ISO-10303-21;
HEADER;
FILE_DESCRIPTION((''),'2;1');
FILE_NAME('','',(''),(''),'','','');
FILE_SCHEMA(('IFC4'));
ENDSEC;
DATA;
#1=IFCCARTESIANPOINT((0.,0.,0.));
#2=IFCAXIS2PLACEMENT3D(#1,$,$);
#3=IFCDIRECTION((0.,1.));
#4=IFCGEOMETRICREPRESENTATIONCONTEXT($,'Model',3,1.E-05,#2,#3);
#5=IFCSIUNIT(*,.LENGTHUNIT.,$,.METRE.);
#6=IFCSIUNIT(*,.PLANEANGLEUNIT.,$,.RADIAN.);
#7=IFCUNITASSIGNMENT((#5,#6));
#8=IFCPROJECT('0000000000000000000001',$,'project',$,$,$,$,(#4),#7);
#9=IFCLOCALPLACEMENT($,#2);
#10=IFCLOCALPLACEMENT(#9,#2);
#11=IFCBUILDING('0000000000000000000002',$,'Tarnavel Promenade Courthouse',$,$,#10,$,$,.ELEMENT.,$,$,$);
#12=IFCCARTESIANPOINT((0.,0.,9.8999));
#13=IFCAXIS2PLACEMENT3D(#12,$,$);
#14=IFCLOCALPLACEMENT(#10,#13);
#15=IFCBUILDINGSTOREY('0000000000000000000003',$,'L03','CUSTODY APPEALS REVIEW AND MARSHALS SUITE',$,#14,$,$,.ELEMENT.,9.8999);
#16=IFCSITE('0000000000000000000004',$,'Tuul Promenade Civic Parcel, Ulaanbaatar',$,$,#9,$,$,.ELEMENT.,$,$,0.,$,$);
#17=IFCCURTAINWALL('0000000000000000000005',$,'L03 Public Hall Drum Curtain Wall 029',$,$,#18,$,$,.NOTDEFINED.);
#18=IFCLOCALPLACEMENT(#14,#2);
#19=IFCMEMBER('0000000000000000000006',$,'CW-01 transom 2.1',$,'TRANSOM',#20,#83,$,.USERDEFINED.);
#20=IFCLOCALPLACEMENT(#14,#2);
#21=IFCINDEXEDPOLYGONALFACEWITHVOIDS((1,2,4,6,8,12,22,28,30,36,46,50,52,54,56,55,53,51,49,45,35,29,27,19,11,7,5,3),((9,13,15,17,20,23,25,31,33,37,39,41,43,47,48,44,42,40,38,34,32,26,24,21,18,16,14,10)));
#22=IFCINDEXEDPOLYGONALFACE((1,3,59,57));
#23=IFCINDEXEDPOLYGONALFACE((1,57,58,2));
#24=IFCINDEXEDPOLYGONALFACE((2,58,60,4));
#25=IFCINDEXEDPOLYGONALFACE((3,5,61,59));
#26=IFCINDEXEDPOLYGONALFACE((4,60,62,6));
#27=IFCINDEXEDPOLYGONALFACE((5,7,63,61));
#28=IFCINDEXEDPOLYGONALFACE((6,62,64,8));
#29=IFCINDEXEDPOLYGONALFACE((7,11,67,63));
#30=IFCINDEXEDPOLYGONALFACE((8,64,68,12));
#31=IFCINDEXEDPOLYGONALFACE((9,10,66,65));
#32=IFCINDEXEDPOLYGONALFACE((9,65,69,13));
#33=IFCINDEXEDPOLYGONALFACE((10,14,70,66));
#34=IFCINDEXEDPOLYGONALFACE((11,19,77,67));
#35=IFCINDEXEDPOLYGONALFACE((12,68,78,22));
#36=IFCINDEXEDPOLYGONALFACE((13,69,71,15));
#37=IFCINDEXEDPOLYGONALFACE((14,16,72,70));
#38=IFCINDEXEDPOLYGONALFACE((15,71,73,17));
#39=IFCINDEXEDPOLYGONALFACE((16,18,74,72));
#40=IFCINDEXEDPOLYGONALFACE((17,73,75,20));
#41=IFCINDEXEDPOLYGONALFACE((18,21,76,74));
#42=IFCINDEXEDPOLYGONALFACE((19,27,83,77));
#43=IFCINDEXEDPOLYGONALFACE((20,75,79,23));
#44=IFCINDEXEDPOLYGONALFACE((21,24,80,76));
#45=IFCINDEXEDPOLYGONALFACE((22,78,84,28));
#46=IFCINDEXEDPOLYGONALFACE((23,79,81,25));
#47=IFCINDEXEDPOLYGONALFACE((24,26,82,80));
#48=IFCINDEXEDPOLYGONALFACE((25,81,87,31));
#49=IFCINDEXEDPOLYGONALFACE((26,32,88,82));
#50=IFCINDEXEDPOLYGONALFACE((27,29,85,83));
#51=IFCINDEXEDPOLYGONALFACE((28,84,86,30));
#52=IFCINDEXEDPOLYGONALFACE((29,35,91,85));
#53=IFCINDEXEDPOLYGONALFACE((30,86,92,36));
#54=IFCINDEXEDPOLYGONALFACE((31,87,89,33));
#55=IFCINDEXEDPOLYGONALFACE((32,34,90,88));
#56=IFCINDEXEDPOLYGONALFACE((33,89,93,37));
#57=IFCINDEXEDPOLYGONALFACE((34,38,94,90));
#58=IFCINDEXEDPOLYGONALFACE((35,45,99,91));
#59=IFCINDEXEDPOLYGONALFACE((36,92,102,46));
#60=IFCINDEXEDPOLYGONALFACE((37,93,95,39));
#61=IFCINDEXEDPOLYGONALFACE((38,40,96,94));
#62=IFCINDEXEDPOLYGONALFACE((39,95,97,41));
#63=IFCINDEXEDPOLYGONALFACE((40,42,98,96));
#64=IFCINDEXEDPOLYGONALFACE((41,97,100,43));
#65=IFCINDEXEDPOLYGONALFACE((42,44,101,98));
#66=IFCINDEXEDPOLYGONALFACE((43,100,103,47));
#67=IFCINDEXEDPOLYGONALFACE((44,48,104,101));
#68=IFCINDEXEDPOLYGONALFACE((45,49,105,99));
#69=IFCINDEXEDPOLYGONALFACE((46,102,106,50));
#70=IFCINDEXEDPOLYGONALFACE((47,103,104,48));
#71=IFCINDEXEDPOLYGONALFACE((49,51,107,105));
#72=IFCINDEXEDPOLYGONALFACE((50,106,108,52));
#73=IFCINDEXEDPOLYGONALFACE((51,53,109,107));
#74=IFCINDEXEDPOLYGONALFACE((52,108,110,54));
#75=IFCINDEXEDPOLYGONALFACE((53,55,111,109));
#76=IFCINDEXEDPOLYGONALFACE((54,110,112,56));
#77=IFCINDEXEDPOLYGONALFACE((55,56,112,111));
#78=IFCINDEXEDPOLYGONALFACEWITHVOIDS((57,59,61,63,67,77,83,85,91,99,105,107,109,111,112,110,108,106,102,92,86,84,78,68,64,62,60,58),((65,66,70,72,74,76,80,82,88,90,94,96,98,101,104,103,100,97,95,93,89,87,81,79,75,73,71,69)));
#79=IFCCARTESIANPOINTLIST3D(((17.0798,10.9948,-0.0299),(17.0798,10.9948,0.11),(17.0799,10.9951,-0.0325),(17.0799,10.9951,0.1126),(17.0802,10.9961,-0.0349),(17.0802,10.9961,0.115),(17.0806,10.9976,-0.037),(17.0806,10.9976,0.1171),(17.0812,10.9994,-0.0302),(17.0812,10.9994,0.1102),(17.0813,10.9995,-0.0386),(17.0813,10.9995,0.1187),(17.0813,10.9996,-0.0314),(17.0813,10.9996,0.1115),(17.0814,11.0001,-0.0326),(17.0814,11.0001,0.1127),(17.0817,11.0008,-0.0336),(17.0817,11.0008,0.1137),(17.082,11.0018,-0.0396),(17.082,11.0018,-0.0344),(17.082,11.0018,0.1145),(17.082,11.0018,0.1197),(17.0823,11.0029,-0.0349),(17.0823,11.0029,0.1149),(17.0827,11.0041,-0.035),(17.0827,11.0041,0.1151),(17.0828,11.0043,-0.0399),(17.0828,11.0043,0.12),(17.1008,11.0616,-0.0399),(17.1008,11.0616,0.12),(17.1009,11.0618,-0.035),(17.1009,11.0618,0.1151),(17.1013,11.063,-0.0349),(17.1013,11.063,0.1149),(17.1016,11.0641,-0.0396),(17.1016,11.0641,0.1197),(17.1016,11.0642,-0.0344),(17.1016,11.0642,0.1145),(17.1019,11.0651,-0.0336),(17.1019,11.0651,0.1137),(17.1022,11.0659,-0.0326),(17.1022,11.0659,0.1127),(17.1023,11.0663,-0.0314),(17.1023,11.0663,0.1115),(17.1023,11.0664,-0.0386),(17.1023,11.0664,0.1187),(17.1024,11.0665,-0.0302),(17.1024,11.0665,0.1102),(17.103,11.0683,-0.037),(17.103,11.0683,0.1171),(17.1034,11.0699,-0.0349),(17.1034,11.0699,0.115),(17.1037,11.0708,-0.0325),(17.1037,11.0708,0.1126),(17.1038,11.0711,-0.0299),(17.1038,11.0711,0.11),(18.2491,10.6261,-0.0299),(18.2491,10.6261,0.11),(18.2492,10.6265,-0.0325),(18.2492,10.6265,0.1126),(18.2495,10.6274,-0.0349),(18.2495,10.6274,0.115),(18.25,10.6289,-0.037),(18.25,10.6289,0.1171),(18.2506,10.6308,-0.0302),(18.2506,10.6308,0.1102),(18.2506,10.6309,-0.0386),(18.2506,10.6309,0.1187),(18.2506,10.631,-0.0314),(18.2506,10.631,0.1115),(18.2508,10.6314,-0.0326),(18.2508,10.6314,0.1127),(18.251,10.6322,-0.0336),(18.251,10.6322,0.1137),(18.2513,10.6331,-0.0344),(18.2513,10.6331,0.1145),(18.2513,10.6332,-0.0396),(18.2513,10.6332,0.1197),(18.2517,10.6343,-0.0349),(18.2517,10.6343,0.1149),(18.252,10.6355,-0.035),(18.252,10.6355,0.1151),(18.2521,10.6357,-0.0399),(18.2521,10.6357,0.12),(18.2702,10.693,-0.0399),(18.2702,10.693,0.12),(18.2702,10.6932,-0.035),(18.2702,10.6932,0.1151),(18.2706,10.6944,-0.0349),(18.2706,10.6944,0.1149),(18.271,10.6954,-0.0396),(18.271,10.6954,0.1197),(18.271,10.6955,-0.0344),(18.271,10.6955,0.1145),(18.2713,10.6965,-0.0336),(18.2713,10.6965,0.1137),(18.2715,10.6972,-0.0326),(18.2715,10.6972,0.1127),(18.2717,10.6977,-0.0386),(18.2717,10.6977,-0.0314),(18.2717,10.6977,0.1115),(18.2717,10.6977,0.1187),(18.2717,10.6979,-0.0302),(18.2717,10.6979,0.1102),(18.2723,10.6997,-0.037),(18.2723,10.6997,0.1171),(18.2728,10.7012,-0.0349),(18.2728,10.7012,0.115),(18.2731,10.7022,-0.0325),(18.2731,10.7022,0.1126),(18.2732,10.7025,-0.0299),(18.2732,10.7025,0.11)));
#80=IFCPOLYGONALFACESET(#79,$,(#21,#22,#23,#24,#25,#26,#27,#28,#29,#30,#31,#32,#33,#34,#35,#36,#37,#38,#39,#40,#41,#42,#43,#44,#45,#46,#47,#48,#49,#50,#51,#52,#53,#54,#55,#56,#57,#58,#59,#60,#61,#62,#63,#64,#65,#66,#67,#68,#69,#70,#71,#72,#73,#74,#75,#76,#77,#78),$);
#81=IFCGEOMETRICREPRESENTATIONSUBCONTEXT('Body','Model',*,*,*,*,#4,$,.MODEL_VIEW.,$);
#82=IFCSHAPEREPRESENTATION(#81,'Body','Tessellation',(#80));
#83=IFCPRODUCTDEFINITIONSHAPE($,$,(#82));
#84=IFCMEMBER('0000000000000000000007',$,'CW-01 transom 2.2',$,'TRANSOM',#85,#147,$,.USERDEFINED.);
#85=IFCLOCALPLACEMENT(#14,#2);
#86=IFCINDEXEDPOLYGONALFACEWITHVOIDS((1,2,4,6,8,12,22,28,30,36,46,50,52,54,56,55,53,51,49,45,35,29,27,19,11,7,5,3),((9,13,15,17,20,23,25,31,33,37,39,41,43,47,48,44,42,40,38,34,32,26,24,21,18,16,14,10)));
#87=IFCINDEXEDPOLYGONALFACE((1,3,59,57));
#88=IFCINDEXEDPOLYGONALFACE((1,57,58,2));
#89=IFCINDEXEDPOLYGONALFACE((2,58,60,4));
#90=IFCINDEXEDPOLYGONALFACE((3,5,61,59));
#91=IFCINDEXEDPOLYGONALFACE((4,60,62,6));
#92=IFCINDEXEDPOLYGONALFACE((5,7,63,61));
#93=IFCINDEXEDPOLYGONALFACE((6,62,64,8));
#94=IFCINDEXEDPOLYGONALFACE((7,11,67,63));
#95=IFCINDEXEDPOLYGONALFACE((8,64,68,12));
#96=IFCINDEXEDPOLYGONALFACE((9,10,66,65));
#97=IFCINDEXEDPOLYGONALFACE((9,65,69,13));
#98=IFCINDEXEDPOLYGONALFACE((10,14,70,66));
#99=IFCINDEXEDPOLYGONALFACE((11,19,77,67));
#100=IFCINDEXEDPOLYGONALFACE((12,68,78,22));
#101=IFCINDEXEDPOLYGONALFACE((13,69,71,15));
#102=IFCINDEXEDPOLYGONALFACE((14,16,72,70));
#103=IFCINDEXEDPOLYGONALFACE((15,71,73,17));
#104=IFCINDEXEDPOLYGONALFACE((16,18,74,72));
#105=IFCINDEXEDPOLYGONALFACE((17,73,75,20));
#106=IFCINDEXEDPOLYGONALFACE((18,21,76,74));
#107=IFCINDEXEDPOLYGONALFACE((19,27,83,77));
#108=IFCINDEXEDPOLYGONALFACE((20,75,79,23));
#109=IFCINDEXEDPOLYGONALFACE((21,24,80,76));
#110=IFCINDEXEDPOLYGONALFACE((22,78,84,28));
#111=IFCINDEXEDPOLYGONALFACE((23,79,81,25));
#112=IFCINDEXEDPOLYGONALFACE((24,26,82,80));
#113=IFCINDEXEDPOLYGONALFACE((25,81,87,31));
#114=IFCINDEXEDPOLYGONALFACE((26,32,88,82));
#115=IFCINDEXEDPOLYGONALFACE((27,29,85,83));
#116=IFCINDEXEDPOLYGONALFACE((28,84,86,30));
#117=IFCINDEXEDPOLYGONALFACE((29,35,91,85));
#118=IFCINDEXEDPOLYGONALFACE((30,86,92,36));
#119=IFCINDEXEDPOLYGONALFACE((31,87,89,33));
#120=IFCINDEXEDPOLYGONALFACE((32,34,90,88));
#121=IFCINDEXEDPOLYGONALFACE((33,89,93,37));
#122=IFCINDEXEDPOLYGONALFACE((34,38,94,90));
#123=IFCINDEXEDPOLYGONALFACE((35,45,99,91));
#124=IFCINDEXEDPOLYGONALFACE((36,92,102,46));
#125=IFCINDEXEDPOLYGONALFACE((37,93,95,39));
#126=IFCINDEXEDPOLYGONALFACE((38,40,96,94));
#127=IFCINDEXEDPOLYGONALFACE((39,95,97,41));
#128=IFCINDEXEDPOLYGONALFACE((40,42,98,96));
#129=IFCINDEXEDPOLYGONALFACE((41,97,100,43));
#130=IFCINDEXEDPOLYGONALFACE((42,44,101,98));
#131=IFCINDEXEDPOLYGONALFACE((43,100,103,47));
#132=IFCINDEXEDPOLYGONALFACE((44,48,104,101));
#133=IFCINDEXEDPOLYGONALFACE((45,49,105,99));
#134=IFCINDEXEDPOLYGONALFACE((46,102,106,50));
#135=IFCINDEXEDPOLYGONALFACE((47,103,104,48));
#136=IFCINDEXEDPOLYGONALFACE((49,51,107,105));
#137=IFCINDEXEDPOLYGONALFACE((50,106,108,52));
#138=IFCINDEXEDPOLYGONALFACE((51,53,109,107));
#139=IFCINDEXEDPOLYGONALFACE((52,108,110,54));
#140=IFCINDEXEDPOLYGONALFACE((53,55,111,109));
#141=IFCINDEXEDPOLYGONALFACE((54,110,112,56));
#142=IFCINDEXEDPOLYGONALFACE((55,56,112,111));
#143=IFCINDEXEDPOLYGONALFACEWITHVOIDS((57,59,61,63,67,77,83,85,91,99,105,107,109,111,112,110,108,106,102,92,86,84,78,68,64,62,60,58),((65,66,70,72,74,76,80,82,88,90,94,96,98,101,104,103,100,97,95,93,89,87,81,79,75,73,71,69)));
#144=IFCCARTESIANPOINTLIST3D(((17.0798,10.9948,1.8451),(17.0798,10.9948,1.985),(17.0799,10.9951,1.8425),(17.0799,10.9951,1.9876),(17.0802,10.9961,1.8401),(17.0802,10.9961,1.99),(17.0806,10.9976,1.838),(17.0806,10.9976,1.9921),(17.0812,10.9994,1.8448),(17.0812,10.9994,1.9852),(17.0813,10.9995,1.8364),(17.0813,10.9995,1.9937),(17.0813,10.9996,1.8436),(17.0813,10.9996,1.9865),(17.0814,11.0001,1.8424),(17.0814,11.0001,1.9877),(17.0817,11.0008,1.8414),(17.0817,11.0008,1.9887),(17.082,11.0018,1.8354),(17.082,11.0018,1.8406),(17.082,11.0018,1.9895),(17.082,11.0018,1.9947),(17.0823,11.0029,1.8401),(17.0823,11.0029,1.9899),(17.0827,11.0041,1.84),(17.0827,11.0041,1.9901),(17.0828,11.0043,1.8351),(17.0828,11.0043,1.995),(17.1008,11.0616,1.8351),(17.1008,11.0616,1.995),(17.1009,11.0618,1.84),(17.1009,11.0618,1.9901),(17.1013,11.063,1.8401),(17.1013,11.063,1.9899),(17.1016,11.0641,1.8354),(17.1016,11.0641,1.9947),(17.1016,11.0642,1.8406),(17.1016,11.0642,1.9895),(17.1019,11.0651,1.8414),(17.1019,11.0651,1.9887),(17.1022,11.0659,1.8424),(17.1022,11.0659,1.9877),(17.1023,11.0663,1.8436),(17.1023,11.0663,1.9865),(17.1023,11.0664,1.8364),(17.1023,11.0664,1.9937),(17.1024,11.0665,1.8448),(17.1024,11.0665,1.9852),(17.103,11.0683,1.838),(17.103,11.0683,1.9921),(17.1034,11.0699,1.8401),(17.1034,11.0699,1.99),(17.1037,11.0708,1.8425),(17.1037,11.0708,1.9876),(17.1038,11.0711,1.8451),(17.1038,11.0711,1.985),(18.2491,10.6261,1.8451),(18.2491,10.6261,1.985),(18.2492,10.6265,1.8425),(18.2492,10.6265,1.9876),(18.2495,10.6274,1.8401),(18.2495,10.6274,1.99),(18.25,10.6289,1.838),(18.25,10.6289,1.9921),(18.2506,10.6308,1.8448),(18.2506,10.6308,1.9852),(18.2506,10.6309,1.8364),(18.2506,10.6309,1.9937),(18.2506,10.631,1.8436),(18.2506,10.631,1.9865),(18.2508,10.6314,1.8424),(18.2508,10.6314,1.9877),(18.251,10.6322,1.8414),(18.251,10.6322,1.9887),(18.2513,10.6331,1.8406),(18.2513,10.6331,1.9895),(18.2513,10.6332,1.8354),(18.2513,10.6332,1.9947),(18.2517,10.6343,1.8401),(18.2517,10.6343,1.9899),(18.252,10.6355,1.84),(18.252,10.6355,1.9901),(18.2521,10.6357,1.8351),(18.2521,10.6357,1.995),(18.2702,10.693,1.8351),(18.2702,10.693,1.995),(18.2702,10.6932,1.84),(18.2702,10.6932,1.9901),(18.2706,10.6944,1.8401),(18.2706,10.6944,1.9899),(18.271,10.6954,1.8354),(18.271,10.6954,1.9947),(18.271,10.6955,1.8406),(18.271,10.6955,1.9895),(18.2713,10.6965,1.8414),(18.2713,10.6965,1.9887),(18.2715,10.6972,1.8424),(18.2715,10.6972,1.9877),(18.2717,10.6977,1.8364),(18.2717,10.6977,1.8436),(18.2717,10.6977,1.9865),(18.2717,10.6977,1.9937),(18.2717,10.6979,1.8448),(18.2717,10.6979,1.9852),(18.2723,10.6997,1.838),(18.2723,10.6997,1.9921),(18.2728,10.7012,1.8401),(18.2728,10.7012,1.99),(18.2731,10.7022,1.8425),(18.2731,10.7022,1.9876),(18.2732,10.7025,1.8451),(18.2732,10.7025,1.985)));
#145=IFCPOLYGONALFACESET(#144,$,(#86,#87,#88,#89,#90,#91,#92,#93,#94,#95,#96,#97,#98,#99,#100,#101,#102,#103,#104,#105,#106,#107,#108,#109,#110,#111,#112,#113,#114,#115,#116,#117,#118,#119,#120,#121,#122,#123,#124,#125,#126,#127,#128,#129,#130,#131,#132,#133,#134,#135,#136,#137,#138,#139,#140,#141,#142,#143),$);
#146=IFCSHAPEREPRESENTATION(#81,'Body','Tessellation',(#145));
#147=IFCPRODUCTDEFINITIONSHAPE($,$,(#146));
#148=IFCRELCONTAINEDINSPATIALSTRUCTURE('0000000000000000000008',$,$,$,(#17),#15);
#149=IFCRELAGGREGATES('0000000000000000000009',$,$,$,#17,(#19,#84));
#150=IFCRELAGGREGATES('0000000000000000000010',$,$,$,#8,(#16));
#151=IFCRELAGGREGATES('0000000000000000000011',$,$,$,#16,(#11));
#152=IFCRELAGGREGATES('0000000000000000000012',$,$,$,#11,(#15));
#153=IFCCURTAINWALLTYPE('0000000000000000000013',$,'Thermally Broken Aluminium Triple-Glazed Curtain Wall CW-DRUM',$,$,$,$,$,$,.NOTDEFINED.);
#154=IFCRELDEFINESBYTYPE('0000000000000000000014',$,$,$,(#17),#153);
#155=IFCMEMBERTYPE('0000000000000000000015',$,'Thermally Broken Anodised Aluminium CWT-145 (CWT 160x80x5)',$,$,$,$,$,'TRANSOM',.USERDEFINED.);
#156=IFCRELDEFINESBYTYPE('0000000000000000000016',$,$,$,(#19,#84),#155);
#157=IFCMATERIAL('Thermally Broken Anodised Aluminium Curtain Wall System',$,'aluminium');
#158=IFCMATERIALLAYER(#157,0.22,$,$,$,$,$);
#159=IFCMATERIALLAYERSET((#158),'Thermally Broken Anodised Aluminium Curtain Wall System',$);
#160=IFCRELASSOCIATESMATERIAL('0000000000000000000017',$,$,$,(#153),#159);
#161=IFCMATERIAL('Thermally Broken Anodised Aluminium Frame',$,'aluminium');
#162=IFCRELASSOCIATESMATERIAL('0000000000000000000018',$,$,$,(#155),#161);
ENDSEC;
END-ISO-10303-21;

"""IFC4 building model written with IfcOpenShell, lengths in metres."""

from ifc_helpers import new_model, si_unit, direction, frame, origin, origin_2d, place, context, subcontext, project, spatial, hollow_rectangle, extrude, material, layer, layer_set, material_profile, profile_set, type_object, element, aggregate, save


model = new_model("IFC4")

# Units and contexts
model_context = context("Model", 3, precision=1e-05, world=origin(), true_north=direction((0.0, 1.0)))
body_context = subcontext(model_context, "Body", "Model", "MODEL_VIEW")
ifc_project = project(units=[si_unit("LENGTHUNIT", "METRE"), si_unit("PLANEANGLEUNIT", "RADIAN")], contexts=[model_context])

# Site, building, storey
site_placement = place(None, origin())
site = spatial("IfcSite", under=ifc_project, at=site_placement, Name="Tuul Promenade Civic Parcel, Ulaanbaatar", CompositionType="ELEMENT", RefElevation=0.0)
building_placement = place(site_placement, origin())
building = spatial("IfcBuilding", under=site, at=building_placement, Name="Tarnavel Promenade Courthouse", CompositionType="ELEMENT")
storey_placement = place(building_placement, frame((0.0, 0.0, 9.8999)))
storey = spatial("IfcBuildingStorey", under=building, at=storey_placement, Name="L03", Description="CUSTODY APPEALS REVIEW AND MARSHALS SUITE", CompositionType="ELEMENT", Elevation=9.8999)

# Shared definitions
ifc_material_1 = material(Name="Thermally Broken Anodised Aluminium Curtain Wall System", Category="aluminium")
ifc_layer_1 = layer(ifc_material_1, 0.22)
ifc_layer_set_1 = layer_set([ifc_layer_1], Name="Thermally Broken Anodised Aluminium Curtain Wall System")
curtain_wall_type = type_object("IfcCurtainWallType", Name="Thermally Broken Aluminium Triple-Glazed Curtain Wall CW-DRUM", PredefinedType="NOTDEFINED", material=ifc_layer_set_1)
ifc_material_2 = material(Name="Thermally Broken Anodised Aluminium Frame", Category="aluminium")

# Curtain wall, members
curtain_wall_1_placement = place(storey_placement, origin())
curtain_wall_1 = element("IfcCurtainWall", 1, at=curtain_wall_1_placement, inside=storey, type_object=curtain_wall_type, Name="L03 Public Hall Drum Curtain Wall 029", PredefinedType="NOTDEFINED")
ifc_material_profile_1 = material_profile(ifc_material_2, hollow_rectangle(XDim=0.0801, YDim=0.1599, WallThickness=0.0049, InnerFilletRadius=0.0049, OuterFilletRadius=0.01, at=origin_2d()), Name="CWT 160x80x5")
ifc_profile_set_1 = profile_set([ifc_material_profile_1], Name="Thermally Broken Anodised Aluminium Frame")
member_type_1 = type_object("IfcMemberType", Name="Thermally Broken Anodised Aluminium CWT-145 (CWT 160x80x5)", ElementType="TRANSOM", PredefinedType="USERDEFINED", material=ifc_profile_set_1)
member_1_placement = place(storey_placement, frame((17.0918, 11.033, 0.04), z_axis=(0.953733, -0.300655, 0.0), x_axis=(0.300655, 0.953733, 0.0)))
member_1 = element("IfcMember", 2, at=member_1_placement, type_object=member_type_1, Name="CW-01 transom 2.1", ObjectType="TRANSOM", PredefinedType="USERDEFINED", context=body_context, shape_type="SweptSolid", body=[
    extrude(hollow_rectangle(XDim=0.0801, YDim=0.1599, WallThickness=0.0049, InnerFilletRadius=0.0049, OuterFilletRadius=0.01, at=origin_2d()), origin(), (0.0, 0.0, 1.0), 1.2261),
])
member_2_placement = place(storey_placement, frame((17.0918, 11.033, 1.915), z_axis=(0.953733, -0.300655, 0.0), x_axis=(0.300655, 0.953733, 0.0)))
member_2 = element("IfcMember", 3, at=member_2_placement, type_object=member_type_1, Name="CW-01 transom 2.2", ObjectType="TRANSOM", PredefinedType="USERDEFINED", context=body_context, shape_type="SweptSolid", body=[
    extrude(hollow_rectangle(XDim=0.0801, YDim=0.1599, WallThickness=0.0049, InnerFilletRadius=0.0049, OuterFilletRadius=0.01, at=origin_2d()), origin(), (0.0, 0.0, 1.0), 1.2261),
])
aggregate(curtain_wall_1, [member_1, member_2])

save(model, "model.ifc")
